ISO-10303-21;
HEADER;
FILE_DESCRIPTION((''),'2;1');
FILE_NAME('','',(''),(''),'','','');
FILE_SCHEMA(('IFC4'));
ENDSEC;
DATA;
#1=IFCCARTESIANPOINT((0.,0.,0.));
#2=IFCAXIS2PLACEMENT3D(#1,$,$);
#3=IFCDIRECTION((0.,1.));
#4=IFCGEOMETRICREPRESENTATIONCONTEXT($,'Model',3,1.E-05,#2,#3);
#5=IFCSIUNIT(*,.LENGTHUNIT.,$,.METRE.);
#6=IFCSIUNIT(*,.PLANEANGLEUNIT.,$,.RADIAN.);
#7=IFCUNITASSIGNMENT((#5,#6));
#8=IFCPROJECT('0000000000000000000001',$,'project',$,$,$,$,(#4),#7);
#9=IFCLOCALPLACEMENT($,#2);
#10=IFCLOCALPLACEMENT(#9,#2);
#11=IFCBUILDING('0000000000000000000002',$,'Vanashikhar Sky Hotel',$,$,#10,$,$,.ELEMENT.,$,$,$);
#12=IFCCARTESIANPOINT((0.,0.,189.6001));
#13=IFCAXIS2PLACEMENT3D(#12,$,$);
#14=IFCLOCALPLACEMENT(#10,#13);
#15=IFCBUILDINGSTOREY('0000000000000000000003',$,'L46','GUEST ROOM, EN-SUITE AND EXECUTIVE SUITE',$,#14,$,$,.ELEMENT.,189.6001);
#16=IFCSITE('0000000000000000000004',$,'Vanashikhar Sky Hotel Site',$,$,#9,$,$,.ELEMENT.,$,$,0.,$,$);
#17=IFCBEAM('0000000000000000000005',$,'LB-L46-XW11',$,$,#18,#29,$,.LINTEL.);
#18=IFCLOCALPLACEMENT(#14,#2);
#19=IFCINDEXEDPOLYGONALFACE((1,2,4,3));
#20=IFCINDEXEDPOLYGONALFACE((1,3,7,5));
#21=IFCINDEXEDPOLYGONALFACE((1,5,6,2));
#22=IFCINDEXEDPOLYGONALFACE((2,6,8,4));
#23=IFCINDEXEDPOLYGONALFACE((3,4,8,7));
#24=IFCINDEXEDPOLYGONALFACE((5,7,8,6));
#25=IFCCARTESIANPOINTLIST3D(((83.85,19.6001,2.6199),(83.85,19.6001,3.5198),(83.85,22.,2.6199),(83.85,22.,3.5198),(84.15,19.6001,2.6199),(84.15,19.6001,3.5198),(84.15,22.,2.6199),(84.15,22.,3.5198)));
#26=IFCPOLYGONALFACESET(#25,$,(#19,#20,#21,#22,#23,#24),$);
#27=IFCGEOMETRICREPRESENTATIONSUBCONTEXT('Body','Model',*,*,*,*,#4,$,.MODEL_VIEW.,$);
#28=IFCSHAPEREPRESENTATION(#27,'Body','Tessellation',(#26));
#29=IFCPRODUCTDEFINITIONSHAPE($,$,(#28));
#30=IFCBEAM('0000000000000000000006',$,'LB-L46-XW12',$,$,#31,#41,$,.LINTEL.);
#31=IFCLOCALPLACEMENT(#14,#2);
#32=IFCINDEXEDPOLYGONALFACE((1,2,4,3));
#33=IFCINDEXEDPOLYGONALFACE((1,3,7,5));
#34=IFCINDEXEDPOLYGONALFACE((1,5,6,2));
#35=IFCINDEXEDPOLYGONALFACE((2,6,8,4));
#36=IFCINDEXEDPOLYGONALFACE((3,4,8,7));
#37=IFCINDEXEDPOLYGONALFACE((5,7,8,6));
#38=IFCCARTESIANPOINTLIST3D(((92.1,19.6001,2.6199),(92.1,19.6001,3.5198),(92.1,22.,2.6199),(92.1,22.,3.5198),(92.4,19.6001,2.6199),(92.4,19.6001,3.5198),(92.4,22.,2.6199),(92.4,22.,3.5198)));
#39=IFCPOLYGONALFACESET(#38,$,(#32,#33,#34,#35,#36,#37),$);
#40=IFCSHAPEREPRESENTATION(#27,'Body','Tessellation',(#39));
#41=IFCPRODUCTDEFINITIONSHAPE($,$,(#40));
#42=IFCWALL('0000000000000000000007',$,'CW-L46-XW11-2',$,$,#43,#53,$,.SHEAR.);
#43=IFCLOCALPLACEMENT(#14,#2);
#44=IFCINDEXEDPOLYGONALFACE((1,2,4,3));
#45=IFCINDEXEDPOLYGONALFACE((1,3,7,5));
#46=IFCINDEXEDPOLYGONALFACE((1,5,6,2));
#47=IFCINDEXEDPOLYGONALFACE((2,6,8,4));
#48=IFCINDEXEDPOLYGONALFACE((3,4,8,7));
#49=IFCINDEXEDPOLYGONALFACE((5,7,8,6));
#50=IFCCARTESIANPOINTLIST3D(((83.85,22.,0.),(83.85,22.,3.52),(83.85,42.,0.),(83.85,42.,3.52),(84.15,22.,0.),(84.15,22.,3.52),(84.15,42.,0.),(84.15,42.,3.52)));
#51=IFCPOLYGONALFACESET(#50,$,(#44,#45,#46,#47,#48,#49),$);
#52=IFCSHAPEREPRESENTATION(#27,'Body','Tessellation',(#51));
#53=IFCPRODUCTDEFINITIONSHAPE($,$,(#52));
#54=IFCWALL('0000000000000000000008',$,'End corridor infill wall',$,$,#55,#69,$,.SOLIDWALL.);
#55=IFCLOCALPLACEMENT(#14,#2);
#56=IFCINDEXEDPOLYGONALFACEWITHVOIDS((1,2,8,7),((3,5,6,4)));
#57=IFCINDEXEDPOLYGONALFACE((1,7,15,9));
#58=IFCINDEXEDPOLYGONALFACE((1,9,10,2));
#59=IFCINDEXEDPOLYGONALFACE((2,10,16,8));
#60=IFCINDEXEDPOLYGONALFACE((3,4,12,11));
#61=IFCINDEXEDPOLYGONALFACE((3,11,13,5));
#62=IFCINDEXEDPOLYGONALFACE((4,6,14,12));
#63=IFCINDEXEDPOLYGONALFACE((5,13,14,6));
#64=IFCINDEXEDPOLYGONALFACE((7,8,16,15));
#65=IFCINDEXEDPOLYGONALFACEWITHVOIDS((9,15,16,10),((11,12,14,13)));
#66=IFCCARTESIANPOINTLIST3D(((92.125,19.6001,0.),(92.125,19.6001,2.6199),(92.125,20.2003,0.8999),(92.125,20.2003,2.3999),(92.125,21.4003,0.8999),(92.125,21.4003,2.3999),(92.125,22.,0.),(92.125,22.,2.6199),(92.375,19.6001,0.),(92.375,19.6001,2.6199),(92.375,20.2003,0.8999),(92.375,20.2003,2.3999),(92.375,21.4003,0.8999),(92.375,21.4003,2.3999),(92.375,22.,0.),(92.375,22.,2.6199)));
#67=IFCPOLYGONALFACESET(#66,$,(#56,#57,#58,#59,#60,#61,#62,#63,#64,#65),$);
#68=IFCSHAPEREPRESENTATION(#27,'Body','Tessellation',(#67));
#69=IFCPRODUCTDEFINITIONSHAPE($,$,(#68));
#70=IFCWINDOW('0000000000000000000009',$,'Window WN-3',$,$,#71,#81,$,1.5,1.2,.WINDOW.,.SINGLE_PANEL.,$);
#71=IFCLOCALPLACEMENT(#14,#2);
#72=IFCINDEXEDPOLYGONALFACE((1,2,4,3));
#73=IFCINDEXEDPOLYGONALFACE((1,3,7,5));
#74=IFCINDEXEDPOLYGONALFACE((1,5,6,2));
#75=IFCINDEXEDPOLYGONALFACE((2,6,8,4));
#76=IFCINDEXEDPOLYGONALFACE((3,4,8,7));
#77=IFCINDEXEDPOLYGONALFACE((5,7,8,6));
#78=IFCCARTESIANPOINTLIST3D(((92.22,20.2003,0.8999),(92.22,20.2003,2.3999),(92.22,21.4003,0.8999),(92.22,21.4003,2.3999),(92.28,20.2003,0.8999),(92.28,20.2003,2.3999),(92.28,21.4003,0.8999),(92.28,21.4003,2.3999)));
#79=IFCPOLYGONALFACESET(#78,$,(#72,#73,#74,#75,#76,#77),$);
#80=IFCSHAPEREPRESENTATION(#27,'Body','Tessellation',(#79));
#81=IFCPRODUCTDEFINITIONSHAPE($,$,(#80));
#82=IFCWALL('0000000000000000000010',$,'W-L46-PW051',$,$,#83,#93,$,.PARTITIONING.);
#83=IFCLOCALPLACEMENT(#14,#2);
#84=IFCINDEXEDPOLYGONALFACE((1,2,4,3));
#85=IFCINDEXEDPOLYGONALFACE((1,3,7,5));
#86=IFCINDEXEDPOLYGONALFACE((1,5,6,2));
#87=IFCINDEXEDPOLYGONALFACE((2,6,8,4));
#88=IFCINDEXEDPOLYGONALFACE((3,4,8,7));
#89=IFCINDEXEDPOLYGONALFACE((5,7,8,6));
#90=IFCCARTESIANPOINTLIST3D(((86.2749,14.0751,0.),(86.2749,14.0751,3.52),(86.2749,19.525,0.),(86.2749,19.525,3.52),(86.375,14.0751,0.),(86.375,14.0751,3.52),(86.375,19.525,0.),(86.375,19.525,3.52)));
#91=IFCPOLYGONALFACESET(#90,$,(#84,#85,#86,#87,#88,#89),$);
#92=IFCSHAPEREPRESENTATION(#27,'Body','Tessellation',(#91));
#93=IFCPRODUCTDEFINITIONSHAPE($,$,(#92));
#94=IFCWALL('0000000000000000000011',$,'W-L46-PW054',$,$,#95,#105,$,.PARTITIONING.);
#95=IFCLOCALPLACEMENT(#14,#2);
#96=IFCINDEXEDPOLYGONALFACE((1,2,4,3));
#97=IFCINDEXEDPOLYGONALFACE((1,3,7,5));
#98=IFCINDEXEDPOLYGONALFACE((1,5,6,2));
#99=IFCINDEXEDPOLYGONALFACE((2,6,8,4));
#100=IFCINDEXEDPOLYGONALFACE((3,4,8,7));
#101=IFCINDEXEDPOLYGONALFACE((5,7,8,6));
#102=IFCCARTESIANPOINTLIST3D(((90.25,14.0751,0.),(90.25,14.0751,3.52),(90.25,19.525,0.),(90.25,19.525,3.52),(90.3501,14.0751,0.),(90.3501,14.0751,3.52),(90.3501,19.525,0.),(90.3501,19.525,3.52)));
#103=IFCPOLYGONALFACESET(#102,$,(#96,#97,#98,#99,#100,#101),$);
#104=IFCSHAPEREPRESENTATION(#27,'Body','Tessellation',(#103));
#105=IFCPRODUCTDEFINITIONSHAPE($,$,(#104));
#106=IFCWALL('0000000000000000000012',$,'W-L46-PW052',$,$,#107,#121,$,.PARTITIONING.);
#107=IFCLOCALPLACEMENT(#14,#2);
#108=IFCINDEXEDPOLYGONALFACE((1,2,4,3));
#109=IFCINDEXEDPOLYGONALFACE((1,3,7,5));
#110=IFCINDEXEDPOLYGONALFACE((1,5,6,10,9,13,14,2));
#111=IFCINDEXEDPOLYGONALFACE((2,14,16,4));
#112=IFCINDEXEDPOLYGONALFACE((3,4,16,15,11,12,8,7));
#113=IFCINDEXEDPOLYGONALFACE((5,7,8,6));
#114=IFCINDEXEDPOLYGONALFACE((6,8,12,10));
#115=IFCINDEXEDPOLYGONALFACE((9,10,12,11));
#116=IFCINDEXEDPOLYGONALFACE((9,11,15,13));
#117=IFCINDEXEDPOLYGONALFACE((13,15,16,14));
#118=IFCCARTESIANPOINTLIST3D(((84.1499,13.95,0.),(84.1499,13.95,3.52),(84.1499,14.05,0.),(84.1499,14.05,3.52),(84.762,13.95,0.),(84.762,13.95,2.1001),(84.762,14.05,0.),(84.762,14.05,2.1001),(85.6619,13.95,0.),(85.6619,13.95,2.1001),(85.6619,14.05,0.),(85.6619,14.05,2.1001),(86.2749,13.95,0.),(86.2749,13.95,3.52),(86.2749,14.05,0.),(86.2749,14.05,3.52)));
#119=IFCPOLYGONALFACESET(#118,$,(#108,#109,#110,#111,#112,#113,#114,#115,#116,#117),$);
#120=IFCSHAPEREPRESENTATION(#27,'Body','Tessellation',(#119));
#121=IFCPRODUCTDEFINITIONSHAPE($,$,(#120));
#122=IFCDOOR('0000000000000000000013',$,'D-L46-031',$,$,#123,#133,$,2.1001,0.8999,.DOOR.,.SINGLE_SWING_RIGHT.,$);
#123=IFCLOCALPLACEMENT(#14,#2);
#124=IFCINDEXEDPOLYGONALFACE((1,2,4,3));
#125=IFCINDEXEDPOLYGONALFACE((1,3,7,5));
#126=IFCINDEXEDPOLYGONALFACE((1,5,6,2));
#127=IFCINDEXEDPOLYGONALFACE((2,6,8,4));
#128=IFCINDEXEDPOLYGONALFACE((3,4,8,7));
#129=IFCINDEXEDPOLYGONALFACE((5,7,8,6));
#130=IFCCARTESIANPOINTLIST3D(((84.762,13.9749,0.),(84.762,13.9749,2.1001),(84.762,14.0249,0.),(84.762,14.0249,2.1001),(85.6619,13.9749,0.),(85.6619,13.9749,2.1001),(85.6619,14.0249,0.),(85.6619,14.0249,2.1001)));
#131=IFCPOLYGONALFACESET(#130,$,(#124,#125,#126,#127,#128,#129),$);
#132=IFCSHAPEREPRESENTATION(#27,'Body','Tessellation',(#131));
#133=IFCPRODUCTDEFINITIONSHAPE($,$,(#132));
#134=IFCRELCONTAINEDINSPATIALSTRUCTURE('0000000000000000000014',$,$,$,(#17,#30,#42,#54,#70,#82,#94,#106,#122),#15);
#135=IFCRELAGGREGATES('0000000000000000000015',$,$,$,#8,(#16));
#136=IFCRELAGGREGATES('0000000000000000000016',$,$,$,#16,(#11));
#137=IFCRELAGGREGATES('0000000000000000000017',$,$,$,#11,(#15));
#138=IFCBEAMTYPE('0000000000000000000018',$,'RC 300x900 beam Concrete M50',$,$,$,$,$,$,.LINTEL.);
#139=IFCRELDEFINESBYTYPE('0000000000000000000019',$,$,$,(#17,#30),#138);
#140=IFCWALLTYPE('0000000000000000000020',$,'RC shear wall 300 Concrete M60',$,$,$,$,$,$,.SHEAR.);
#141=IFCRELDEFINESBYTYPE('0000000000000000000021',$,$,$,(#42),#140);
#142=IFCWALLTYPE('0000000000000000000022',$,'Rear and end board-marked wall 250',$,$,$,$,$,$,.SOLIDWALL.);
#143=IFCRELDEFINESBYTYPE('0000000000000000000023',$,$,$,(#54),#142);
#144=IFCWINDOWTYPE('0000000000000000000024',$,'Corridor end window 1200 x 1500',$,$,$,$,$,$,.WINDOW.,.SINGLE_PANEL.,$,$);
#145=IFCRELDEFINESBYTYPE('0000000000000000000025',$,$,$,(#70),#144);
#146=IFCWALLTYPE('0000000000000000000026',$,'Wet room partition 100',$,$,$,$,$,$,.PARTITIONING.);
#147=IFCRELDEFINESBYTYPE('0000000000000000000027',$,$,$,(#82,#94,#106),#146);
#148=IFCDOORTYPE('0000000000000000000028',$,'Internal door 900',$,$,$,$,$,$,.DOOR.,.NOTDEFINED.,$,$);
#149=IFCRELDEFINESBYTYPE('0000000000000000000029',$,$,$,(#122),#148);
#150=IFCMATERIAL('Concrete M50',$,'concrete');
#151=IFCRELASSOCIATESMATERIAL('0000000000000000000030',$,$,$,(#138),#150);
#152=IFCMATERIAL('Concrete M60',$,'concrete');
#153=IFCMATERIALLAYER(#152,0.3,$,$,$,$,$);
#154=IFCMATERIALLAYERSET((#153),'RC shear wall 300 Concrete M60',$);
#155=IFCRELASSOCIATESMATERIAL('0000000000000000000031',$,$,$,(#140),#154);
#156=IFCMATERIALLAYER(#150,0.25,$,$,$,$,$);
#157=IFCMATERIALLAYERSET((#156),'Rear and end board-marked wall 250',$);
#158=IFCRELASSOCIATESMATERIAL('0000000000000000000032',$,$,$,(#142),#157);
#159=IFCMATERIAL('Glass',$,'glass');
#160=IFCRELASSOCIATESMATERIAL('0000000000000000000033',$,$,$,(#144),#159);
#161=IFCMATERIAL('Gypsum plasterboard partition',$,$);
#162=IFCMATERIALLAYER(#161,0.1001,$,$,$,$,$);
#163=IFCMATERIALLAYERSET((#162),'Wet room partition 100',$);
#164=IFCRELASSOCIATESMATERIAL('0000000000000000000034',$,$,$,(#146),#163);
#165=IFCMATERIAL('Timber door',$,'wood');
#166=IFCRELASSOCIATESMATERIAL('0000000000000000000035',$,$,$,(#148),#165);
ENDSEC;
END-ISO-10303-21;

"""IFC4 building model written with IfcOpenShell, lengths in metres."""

from ifc_helpers import new_model, si_unit, direction, frame, frame_2d, origin, origin_2d, place, context, subcontext, project, spatial, rectangle, extrude, source, transform, mapped, material, layer, layer_set, material_profile, profile_set, type_object, element, fill, save


model = new_model("IFC4")

# Units and contexts
model_context = context("Model", 3, precision=1e-05, world=origin(), true_north=direction((0.0, 1.0)))
body_context = subcontext(model_context, "Body", "Model", "MODEL_VIEW")
ifc_project = project(units=[si_unit("LENGTHUNIT", "METRE"), si_unit("PLANEANGLEUNIT", "RADIAN")], contexts=[model_context])

# Site, building, storey
site_placement = place(None, origin())
site = spatial("IfcSite", under=ifc_project, at=site_placement, Name="Vanashikhar Sky Hotel Site", CompositionType="ELEMENT", RefElevation=0.0)
building_placement = place(site_placement, origin())
building = spatial("IfcBuilding", under=site, at=building_placement, Name="Vanashikhar Sky Hotel", CompositionType="ELEMENT")
storey_placement = place(building_placement, frame((0.0, 0.0, 189.6001)))
storey = spatial("IfcBuildingStorey", under=building, at=storey_placement, Name="L46", Description="GUEST ROOM, EN-SUITE AND EXECUTIVE SUITE", CompositionType="ELEMENT", Elevation=189.6001)

# Beams
ifc_material_1 = material(Name="Concrete M50", Category="concrete")
ifc_material_profile = material_profile(ifc_material_1, rectangle(XDim=0.3, YDim=0.8999, at=origin_2d()))
ifc_profile_set = profile_set([ifc_material_profile], Name="RC 300x900 beam Concrete M50")
beam_type = type_object("IfcBeamType", Name="RC 300x900 beam Concrete M50", PredefinedType="LINTEL", material=ifc_profile_set)
shared_shape_1 = source(origin(), body_context, "Body", "SweptSolid", [
    extrude(rectangle(XDim=0.3, YDim=0.8999, at=origin_2d()), origin(), (0.0, 0.0, 1.0), 2.3999),
])
for number, where, z_axis, x_axis, name in (
    (1, (84.0, 19.6001, 3.0698), (0.0, 1.0, 0.0), (-1.0, 0.0, 0.0), "LB-L46-XW11"),
    (2, (92.25, 19.6001, 3.0698), (0.0, 1.0, 0.0), (-1.0, 0.0, 0.0), "LB-L46-XW12"),
):
    element("IfcBeam", number, at=place(storey_placement, frame(where, z_axis=z_axis, x_axis=x_axis)), inside=storey, type_object=beam_type, Name=name, PredefinedType="LINTEL", context=body_context, shape_type="MappedRepresentation", body=[
        mapped(shared_shape_1, transform((0.0, 0.0, 0.0), scale=1.0)),
    ])

# Wall
ifc_material_2 = material(Name="Concrete M60", Category="concrete")
ifc_layer_1 = layer(ifc_material_2, 0.3)
ifc_layer_set_1 = layer_set([ifc_layer_1], Name="RC shear wall 300 Concrete M60")
wall_type_1 = type_object("IfcWallType", Name="RC shear wall 300 Concrete M60", PredefinedType="SHEAR", material=ifc_layer_set_1)
shared_shape_2 = source(origin(), body_context, "Body", "SweptSolid", [
    extrude(rectangle(XDim=20.0, YDim=0.3, at=frame_2d((10.0, 0.0))), origin(), (0.0, 0.0, 1.0), 3.52),
])
wall_1_placement = place(storey_placement, frame((84.0, 22.0, 0.0), z_axis=(0.0, 0.0, 1.0), x_axis=(0.0, 1.0, 0.0)))
element("IfcWall", 3, at=wall_1_placement, inside=storey, type_object=wall_type_1, Name="CW-L46-XW11-2", PredefinedType="SHEAR", context=body_context, shape_type="MappedRepresentation", body=[
    mapped(shared_shape_2, transform((0.0, 0.0, 0.0), scale=1.0)),
])

# Wall, opening, window
ifc_layer_2 = layer(ifc_material_1, 0.25)
ifc_layer_set_2 = layer_set([ifc_layer_2], Name="Rear and end board-marked wall 250")
wall_type_2 = type_object("IfcWallType", Name="Rear and end board-marked wall 250", PredefinedType="SOLIDWALL", material=ifc_layer_set_2)
shared_shape_3 = source(origin(), body_context, "Body", "SweptSolid", [
    extrude(rectangle(XDim=2.3999, YDim=0.25, at=frame_2d((1.2, 0.0))), origin(), (0.0, 0.0, 1.0), 2.6199),
])
wall_2_placement = place(storey_placement, frame((92.25, 19.6001, 0.0), z_axis=(0.0, 0.0, 1.0), x_axis=(0.0, 1.0, 0.0)))
wall_2 = element("IfcWall", 4, at=wall_2_placement, inside=storey, type_object=wall_type_2, Name="End corridor infill wall", PredefinedType="SOLIDWALL", context=body_context, shape_type="MappedRepresentation", body=[
    mapped(shared_shape_3, transform((0.0, 0.0, 0.0), scale=1.0)),
])
shared_shape_4 = source(origin(), body_context, "Body", "SweptSolid", [
    extrude(rectangle(XDim=1.2, YDim=1.5, at=frame_2d((0.6001, 0.75))), frame((0.0, 0.135, 0.0), z_axis=(0.0, -1.0, 0.0), x_axis=(1.0, 0.0, 0.0)), (0.0, 0.0, 1.0), 0.27),
])
opening_1_placement = place(wall_2_placement, frame((0.6001, 0.0, 0.8999)))
opening_1 = element("IfcOpeningElement", 5, at=opening_1_placement, cuts=wall_2, PredefinedType="OPENING", context=body_context, shape_type="MappedRepresentation", body=[
    mapped(shared_shape_4, transform((0.0, 0.0, 0.0), scale=1.0)),
])
ifc_material_3 = material(Name="Glass", Category="glass")
window_type = type_object("IfcWindowType", Name="Corridor end window 1200 x 1500", PartitioningType="SINGLE_PANEL", PredefinedType="WINDOW", material=ifc_material_3)
shared_shape_5 = source(origin(), body_context, "Body", "SweptSolid", [
    extrude(rectangle(XDim=1.2, YDim=1.5, at=frame_2d((0.6001, 0.75))), frame((0.0, 0.03, 0.0), z_axis=(0.0, -1.0, 0.0), x_axis=(1.0, 0.0, 0.0)), (0.0, 0.0, 1.0), 0.0601),
])
window_placement = place(opening_1_placement, origin())
window = element("IfcWindow", 6, at=window_placement, inside=storey, type_object=window_type, Name="Window WN-3", OverallHeight=1.5, OverallWidth=1.2, PartitioningType="SINGLE_PANEL", PredefinedType="WINDOW", context=body_context, shape_type="MappedRepresentation", body=[
    mapped(shared_shape_5, transform((0.0, 0.0, 0.0), scale=1.0)),
])
fill(opening_1, window)

# Walls
ifc_material_4 = material(Name="Gypsum plasterboard partition")
ifc_layer_3 = layer(ifc_material_4, 0.1001)
ifc_layer_set_3 = layer_set([ifc_layer_3], Name="Wet room partition 100")
wall_type_3 = type_object("IfcWallType", Name="Wet room partition 100", PredefinedType="PARTITIONING", material=ifc_layer_set_3)
shared_shape_6 = source(origin(), body_context, "Body", "SweptSolid", [
    extrude(rectangle(XDim=5.45, YDim=0.1001, at=frame_2d((2.7251, 0.0))), origin(), (0.0, 0.0, 1.0), 3.52),
])
for number, where, z_axis, x_axis, name in (
    (7, (86.325, 14.075, 0.0), (0.0, 0.0, 1.0), (0.0, 1.0, 0.0), "W-L46-PW051"),
    (8, (90.3, 14.075, 0.0), (0.0, 0.0, 1.0), (0.0, 1.0, 0.0), "W-L46-PW054"),
):
    element("IfcWall", number, at=place(storey_placement, frame(where, z_axis=z_axis, x_axis=x_axis)), inside=storey, type_object=wall_type_3, Name=name, PredefinedType="PARTITIONING", context=body_context, shape_type="MappedRepresentation", body=[
        mapped(shared_shape_6, transform((0.0, 0.0, 0.0), scale=1.0)),
    ])

# Wall, opening, door
shared_shape_7 = source(origin(), body_context, "Body", "SweptSolid", [
    extrude(rectangle(XDim=2.125, YDim=0.1001, at=frame_2d((1.0625, 0.0))), origin(), (0.0, 0.0, 1.0), 3.52),
])
wall_3_placement = place(storey_placement, frame((84.1499, 14.0, 0.0), z_axis=(0.0, 0.0, 1.0), x_axis=(1.0, 0.0, 0.0)))
wall_3 = element("IfcWall", 9, at=wall_3_placement, inside=storey, type_object=wall_type_3, Name="W-L46-PW052", PredefinedType="PARTITIONING", context=body_context, shape_type="MappedRepresentation", body=[
    mapped(shared_shape_7, transform((0.0, 0.0, 0.0), scale=1.0)),
])
shared_shape_8 = source(origin(), body_context, "Body", "SweptSolid", [
    extrude(rectangle(XDim=0.8999, YDim=2.1001, at=frame_2d((0.45, 1.05))), frame((0.0, 0.0601, 0.0), z_axis=(0.0, -1.0, 0.0), x_axis=(1.0, 0.0, 0.0)), (0.0, 0.0, 1.0), 0.1201),
])
opening_2_placement = place(wall_3_placement, frame((0.6121, 0.0, 0.0)))
opening_2 = element("IfcOpeningElement", 10, at=opening_2_placement, cuts=wall_3, PredefinedType="OPENING", context=body_context, shape_type="MappedRepresentation", body=[
    mapped(shared_shape_8, transform((0.0, 0.0, 0.0), scale=1.0)),
])
ifc_material_5 = material(Name="Timber door", Category="wood")
door_type_1 = type_object("IfcDoorType", Name="Internal door 900", OperationType="NOTDEFINED", PredefinedType="DOOR", material=ifc_material_5)
shared_shape_9 = source(origin(), body_context, "Body", "SweptSolid", [
    extrude(rectangle(XDim=0.8999, YDim=2.1001, at=frame_2d((0.45, 1.05))), frame((0.0, 0.0249, 0.0), z_axis=(0.0, -1.0, 0.0), x_axis=(1.0, 0.0, 0.0)), (0.0, 0.0, 1.0), 0.05),
])
door_1_placement = place(opening_2_placement, origin())
door_1 = element("IfcDoor", 11, at=door_1_placement, inside=storey, type_object=door_type_1, Name="D-L46-031", OperationType="SINGLE_SWING_RIGHT", OverallHeight=2.1001, OverallWidth=0.8999, PredefinedType="DOOR", context=body_context, shape_type="MappedRepresentation", body=[
    mapped(shared_shape_9, transform((0.0, 0.0, 0.0), scale=1.0)),
])
fill(opening_2, door_1)

save(model, "model.ifc")
